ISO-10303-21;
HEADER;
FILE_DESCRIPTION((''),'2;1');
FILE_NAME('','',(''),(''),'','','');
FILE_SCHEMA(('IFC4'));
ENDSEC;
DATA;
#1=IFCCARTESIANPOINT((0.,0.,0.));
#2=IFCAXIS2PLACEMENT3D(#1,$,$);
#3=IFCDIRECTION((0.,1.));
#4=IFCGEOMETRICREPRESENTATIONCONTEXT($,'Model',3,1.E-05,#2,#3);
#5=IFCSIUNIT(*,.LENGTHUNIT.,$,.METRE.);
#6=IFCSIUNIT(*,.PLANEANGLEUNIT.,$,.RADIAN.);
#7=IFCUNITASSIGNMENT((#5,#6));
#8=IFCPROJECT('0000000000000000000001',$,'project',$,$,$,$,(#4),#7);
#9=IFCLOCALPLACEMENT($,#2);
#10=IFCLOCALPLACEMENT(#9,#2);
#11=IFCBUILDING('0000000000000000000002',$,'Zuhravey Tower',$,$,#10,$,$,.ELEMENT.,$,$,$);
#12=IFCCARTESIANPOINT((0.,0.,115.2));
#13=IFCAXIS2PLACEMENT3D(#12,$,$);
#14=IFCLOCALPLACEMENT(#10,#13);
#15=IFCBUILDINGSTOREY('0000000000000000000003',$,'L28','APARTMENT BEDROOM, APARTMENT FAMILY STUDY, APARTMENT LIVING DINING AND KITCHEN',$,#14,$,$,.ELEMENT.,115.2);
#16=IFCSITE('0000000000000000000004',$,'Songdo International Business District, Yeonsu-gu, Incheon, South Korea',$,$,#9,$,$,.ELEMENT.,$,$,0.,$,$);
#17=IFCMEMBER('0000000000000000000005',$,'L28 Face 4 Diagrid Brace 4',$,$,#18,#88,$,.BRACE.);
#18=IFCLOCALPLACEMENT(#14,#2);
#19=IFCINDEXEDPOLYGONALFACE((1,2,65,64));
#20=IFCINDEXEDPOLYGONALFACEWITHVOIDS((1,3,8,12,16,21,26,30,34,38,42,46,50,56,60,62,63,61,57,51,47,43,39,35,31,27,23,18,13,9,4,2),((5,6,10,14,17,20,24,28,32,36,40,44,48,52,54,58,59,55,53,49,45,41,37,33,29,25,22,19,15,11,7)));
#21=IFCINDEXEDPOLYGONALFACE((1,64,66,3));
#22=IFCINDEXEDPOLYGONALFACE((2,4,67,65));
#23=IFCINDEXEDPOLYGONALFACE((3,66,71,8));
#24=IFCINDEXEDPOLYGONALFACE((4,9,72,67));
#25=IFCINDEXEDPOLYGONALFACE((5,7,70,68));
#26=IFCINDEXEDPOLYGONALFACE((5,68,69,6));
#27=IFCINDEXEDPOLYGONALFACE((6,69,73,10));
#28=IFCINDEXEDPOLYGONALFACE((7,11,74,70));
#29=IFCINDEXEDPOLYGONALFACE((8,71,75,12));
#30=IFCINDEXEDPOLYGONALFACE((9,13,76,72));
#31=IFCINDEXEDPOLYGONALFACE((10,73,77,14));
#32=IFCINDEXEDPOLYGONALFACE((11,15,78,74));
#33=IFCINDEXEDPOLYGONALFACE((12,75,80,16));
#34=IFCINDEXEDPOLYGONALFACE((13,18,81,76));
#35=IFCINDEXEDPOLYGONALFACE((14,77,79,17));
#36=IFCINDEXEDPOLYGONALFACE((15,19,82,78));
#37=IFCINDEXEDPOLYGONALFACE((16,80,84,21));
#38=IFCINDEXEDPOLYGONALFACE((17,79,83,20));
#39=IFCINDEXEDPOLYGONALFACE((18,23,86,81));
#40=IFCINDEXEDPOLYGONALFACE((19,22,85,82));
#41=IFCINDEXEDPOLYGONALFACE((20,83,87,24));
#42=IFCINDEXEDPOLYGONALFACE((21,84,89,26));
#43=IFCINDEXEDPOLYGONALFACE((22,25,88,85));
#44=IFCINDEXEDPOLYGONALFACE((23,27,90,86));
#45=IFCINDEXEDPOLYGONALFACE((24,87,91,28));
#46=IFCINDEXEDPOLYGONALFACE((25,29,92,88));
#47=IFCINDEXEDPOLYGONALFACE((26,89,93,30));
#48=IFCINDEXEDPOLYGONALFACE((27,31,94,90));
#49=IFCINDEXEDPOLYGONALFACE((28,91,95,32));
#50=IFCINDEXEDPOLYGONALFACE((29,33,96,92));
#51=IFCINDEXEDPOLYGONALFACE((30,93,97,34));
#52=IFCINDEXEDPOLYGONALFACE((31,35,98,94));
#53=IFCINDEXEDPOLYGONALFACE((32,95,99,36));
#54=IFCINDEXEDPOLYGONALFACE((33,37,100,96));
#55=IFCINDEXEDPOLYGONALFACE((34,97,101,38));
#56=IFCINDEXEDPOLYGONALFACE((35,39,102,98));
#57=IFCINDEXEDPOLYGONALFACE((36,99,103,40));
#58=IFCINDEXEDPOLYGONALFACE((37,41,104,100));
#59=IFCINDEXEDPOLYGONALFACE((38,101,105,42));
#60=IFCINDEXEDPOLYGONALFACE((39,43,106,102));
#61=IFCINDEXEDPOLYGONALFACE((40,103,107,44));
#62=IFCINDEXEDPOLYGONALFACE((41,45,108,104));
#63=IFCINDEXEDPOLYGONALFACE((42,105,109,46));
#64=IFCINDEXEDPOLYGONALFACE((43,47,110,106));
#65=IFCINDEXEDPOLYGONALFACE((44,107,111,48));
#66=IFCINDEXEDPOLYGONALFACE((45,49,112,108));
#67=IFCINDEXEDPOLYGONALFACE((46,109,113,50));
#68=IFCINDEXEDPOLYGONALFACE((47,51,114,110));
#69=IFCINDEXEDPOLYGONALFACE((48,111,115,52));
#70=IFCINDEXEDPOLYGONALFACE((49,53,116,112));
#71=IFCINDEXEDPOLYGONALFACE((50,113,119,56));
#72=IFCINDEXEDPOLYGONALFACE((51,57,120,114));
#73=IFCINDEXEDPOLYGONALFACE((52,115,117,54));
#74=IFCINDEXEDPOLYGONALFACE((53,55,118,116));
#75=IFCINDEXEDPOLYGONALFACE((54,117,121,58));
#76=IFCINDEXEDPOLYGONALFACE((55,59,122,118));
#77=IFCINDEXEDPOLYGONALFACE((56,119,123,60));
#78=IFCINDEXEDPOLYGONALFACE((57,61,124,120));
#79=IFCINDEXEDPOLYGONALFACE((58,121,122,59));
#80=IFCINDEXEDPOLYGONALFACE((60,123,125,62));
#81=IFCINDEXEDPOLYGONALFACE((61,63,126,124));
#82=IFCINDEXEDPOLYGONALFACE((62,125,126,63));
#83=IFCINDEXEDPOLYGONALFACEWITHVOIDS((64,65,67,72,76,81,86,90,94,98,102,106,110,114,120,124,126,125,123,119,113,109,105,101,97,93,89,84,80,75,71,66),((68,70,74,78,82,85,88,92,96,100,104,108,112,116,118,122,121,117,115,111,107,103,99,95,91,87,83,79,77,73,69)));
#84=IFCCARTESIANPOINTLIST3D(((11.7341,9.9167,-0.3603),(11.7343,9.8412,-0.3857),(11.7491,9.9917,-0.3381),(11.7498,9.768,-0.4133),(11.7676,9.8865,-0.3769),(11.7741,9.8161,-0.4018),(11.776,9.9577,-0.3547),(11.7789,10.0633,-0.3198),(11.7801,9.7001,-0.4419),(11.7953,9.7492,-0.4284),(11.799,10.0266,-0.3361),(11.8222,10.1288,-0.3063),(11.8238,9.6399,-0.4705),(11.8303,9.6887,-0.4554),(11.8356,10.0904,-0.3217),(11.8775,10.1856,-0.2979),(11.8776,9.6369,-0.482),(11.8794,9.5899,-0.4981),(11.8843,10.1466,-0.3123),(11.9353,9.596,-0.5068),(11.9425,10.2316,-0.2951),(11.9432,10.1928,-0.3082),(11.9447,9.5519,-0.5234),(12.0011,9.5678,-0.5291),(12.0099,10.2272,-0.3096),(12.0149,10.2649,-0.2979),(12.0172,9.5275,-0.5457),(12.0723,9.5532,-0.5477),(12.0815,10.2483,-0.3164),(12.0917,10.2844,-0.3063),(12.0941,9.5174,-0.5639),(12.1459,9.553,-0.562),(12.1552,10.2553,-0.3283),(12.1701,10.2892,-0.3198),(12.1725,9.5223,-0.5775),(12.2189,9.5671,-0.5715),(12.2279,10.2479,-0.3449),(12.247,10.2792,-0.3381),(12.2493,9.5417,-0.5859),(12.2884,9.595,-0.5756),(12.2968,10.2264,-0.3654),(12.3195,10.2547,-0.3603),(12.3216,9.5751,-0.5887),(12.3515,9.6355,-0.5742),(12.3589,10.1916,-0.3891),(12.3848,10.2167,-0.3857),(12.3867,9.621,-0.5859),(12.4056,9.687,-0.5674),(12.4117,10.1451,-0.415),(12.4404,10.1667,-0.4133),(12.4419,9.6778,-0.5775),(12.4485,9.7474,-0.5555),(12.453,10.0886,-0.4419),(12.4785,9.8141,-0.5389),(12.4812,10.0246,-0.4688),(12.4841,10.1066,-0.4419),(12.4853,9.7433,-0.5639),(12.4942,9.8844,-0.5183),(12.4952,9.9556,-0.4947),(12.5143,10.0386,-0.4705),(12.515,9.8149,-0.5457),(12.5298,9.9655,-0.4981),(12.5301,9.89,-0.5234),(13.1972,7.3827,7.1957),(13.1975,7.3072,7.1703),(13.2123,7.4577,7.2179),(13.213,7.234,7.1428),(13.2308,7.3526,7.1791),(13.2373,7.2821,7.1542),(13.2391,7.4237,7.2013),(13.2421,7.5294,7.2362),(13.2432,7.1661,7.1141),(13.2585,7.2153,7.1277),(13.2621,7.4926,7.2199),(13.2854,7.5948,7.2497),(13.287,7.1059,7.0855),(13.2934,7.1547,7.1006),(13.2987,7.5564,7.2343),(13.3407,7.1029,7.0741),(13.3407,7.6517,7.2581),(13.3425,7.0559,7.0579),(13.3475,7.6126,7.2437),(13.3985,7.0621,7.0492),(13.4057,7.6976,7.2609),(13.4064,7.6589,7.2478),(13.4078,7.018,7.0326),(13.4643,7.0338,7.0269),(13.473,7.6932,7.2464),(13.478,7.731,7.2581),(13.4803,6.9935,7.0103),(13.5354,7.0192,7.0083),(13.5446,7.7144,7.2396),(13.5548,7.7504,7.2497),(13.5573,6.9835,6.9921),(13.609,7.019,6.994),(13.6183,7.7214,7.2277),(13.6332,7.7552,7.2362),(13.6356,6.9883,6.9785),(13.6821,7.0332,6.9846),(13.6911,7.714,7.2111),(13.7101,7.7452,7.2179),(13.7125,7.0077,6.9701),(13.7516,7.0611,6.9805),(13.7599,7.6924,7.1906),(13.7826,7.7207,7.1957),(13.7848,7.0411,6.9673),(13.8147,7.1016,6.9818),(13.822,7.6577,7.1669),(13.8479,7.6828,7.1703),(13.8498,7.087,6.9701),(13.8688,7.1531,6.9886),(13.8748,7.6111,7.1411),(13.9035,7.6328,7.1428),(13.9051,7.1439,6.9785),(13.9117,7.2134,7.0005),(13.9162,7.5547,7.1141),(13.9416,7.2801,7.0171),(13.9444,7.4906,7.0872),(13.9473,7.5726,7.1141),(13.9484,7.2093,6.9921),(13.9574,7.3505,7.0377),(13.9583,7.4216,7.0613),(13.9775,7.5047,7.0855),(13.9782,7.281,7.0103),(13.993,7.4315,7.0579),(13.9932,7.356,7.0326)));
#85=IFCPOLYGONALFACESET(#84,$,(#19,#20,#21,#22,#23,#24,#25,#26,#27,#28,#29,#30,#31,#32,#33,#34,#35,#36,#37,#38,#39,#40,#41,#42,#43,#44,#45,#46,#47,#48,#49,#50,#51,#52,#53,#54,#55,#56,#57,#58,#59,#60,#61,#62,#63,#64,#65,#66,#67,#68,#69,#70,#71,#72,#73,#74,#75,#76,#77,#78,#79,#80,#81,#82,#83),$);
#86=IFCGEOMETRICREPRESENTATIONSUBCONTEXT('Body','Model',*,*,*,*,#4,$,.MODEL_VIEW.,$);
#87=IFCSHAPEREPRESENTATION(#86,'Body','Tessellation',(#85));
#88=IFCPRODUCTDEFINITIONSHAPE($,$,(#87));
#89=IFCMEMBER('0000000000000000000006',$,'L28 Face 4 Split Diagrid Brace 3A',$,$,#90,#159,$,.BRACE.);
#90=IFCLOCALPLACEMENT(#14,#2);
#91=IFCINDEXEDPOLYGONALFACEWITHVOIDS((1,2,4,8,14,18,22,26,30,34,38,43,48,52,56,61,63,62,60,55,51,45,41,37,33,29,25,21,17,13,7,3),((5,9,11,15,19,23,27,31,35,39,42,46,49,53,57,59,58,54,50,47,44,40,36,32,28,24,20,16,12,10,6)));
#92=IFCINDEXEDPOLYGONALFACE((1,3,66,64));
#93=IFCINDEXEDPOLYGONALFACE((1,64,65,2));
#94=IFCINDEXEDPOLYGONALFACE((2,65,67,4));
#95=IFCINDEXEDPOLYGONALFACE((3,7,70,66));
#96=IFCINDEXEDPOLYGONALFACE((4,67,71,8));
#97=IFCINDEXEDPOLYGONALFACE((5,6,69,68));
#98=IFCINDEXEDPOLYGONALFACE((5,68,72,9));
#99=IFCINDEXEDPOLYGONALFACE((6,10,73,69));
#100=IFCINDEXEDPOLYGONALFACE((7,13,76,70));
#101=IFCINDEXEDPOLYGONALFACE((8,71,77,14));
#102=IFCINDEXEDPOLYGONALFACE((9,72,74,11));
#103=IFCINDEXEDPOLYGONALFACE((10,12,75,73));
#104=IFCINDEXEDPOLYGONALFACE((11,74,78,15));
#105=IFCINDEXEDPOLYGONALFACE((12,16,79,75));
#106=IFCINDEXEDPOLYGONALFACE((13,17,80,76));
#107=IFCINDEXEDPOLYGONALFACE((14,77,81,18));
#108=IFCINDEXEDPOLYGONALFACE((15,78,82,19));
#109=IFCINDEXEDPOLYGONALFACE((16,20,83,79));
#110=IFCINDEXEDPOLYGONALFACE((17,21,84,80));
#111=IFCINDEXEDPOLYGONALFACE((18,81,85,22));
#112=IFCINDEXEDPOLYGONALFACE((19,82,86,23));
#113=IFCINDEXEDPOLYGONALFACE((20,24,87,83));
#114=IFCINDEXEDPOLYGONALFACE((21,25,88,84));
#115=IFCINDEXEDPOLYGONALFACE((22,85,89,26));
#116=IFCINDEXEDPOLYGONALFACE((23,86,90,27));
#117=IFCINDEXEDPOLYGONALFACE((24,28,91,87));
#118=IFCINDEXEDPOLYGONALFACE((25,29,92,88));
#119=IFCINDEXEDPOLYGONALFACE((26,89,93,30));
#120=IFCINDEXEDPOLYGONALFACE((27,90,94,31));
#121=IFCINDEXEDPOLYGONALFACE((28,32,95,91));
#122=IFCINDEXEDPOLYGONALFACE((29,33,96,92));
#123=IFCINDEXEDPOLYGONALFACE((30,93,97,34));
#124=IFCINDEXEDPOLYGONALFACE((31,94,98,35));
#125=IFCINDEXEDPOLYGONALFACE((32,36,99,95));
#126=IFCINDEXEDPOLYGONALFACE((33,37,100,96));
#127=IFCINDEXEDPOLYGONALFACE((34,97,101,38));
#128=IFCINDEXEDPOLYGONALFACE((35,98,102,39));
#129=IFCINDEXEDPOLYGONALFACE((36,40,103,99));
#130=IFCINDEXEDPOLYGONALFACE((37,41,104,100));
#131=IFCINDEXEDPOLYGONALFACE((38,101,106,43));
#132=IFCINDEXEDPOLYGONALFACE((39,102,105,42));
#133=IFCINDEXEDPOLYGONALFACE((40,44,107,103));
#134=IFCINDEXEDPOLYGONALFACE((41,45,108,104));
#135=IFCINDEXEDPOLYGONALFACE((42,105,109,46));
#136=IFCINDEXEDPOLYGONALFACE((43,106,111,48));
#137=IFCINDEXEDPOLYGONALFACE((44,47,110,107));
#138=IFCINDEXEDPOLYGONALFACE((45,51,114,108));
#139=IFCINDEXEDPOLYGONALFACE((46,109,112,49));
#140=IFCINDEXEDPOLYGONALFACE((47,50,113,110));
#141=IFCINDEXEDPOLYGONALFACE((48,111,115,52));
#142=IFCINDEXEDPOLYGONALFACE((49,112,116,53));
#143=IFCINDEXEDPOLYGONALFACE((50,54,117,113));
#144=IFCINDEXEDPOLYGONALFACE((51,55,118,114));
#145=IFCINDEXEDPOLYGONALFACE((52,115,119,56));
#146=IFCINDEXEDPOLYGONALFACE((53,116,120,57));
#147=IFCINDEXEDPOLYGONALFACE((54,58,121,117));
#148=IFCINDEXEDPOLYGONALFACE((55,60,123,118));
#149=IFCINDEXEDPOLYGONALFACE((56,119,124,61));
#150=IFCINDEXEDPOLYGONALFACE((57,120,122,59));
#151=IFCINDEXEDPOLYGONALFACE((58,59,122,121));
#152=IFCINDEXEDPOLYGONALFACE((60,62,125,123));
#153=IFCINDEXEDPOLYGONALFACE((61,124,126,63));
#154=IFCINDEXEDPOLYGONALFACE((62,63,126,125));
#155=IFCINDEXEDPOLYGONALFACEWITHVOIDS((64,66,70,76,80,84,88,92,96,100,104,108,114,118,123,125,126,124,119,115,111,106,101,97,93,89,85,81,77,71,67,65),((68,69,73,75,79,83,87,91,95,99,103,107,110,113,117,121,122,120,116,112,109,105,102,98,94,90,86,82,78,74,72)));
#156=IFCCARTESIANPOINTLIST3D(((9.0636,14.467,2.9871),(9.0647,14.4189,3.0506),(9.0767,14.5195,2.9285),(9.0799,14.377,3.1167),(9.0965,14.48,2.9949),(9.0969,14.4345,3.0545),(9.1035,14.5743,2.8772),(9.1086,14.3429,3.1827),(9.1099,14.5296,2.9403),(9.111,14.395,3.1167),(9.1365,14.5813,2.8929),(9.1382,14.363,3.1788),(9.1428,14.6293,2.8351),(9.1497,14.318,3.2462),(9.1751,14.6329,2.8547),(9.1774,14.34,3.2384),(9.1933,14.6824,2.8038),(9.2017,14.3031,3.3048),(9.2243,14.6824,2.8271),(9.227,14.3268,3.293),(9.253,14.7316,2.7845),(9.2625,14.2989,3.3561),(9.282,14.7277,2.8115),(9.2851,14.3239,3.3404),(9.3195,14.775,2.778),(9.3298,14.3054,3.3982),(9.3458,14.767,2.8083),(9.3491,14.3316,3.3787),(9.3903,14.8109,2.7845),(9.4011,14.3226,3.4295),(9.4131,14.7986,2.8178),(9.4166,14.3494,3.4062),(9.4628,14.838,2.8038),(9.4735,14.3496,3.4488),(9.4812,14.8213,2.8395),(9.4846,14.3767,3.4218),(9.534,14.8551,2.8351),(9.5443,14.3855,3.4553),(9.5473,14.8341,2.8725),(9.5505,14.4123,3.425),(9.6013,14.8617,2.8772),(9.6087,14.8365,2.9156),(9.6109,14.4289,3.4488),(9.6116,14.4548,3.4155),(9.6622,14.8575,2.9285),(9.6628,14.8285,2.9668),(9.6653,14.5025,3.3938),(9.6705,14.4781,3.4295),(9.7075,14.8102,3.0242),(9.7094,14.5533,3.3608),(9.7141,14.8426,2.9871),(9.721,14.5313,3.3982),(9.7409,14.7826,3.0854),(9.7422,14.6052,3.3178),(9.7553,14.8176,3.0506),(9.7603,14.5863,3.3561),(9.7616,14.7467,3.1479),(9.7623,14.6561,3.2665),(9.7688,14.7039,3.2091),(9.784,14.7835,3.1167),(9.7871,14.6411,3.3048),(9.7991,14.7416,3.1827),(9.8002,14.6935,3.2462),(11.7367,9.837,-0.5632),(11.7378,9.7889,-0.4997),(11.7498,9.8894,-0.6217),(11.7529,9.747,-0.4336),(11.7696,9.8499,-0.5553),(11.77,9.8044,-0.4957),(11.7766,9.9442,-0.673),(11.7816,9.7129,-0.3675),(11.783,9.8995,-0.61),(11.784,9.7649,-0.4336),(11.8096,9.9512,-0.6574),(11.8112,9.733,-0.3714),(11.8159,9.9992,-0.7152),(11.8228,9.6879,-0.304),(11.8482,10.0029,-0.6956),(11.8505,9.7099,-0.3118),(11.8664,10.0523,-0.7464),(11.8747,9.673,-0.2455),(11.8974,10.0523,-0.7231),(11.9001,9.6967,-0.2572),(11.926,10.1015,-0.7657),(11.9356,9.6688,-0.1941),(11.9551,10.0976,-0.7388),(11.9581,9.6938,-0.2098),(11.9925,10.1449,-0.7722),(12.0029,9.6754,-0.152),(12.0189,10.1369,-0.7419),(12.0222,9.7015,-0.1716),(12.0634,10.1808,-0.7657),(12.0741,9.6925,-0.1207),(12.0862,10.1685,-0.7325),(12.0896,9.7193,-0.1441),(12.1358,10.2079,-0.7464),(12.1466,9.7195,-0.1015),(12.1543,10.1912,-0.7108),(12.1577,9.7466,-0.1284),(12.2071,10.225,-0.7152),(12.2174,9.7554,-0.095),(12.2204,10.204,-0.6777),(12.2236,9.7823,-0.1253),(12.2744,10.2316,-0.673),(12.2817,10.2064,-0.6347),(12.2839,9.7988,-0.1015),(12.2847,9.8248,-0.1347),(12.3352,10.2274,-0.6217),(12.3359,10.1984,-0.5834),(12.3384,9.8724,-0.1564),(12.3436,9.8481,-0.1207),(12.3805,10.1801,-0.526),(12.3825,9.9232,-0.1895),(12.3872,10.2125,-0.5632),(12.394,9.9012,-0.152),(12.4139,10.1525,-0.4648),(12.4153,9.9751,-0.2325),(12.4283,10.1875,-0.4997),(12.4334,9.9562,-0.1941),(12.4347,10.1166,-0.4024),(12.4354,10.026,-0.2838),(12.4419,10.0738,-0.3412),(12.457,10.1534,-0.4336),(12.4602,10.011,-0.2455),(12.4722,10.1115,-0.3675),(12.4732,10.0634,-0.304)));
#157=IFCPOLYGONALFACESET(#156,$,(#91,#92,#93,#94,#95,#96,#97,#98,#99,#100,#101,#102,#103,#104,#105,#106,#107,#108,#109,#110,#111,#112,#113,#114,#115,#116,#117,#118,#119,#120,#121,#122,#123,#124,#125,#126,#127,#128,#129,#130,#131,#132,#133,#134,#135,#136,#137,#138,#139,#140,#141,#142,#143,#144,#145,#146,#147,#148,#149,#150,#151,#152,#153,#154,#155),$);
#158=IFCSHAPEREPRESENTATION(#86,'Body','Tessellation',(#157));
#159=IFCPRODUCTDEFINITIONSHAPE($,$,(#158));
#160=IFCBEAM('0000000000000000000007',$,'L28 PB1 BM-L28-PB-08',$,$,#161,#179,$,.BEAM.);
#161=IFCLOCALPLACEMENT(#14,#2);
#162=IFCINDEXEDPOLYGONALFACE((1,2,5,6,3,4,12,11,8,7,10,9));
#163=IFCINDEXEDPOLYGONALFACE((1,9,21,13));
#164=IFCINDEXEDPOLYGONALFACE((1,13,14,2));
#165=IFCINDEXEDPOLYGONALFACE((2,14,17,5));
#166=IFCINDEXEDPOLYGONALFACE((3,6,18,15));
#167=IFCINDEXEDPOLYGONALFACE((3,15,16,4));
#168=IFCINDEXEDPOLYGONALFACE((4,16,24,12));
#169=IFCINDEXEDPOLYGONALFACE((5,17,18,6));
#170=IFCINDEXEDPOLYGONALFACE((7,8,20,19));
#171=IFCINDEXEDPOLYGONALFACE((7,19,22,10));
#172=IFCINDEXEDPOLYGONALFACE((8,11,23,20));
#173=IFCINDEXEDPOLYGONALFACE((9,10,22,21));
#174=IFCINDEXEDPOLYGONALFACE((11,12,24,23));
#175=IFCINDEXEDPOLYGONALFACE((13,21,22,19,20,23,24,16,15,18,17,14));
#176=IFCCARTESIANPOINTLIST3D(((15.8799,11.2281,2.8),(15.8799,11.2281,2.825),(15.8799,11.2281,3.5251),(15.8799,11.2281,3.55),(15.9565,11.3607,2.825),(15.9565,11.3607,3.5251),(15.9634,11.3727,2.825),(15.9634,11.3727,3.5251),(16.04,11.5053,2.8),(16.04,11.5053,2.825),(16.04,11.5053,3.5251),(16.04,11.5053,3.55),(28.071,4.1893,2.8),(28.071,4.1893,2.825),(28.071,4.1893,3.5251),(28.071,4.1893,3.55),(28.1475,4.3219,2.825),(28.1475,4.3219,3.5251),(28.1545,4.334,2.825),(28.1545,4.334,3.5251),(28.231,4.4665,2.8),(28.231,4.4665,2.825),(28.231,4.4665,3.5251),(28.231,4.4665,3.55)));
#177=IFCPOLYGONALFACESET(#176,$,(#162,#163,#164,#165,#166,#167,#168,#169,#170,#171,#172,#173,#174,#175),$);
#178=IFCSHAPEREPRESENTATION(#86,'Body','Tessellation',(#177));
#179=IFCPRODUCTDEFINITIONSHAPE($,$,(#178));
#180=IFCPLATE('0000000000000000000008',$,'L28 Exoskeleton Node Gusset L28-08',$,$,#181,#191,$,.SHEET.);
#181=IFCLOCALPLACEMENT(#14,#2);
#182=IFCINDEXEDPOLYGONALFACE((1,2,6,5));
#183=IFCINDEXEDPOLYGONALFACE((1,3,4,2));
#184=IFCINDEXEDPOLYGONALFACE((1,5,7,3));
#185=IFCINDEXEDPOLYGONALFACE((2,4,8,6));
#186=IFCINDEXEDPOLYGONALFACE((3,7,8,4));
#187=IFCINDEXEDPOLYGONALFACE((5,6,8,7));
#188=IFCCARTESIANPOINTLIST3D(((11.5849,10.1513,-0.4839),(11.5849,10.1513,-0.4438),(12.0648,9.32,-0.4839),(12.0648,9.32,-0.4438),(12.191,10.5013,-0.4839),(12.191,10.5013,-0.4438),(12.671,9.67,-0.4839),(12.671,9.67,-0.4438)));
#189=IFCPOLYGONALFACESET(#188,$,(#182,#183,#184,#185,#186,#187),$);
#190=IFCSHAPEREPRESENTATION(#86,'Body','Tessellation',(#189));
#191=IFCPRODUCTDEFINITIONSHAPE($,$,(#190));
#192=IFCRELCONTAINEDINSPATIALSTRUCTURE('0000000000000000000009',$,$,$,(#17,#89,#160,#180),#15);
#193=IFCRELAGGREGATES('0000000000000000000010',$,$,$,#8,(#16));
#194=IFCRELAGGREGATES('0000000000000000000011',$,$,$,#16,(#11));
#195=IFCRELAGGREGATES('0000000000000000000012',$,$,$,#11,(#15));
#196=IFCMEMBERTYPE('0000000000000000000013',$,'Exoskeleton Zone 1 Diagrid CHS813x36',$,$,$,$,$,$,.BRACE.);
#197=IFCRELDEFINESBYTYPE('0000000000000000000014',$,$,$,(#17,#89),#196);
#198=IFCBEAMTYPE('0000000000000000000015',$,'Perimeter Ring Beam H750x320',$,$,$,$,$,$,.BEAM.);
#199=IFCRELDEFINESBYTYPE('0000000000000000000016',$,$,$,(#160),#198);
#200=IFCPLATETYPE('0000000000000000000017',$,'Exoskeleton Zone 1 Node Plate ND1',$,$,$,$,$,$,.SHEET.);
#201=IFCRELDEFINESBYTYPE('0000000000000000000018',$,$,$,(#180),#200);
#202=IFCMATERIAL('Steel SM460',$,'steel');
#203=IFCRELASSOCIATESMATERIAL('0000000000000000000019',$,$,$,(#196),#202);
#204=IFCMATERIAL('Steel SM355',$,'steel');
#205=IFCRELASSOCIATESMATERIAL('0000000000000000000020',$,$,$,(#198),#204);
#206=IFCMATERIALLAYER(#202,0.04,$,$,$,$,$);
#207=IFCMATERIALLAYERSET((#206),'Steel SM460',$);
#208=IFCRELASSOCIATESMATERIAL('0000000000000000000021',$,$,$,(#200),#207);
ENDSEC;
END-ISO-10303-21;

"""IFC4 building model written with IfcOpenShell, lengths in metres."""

from ifc_helpers import new_model, si_unit, direction, frame, origin, origin_2d, place, context, subcontext, project, spatial, rectangle, hollow_circle, i_section, extrude, material, layer, layer_set, material_profile, profile_set, type_object, element, save


model = new_model("IFC4")

# Units and contexts
model_context = context("Model", 3, precision=1e-05, world=origin(), true_north=direction((0.0, 1.0)))
body_context = subcontext(model_context, "Body", "Model", "MODEL_VIEW")
ifc_project = project(units=[si_unit("LENGTHUNIT", "METRE"), si_unit("PLANEANGLEUNIT", "RADIAN")], contexts=[model_context])

# Site, building, storey
site_placement = place(None, origin())
site = spatial("IfcSite", under=ifc_project, at=site_placement, Name="Songdo International Business District, Yeonsu-gu, Incheon, South Korea", CompositionType="ELEMENT", RefElevation=0.0)
building_placement = place(site_placement, origin())
building = spatial("IfcBuilding", under=site, at=building_placement, Name="Zuhravey Tower", CompositionType="ELEMENT")
storey_placement = place(building_placement, frame((0.0, 0.0, 115.2)))
storey = spatial("IfcBuildingStorey", under=building, at=storey_placement, Name="L28", Description="APARTMENT BEDROOM, APARTMENT FAMILY STUDY, APARTMENT LIVING DINING AND KITCHEN", CompositionType="ELEMENT", Elevation=115.2)

# Members
ifc_material_1 = material(Name="Steel SM460", Category="steel")
ifc_material_profile_1 = material_profile(ifc_material_1, hollow_circle(Radius=0.4065, WallThickness=0.0359, at=origin_2d()), Name="CHS-812.8x36")
ifc_profile_set_1 = profile_set([ifc_material_profile_1], Name="Steel SM460")
member_type_1 = type_object("IfcMemberType", Name="Exoskeleton Zone 1 Diagrid CHS813x36", PredefinedType="BRACE", material=ifc_profile_set_1)
member_1_placement = place(storey_placement, frame((12.1321, 9.9033, -0.4419), z_axis=(0.180574, -0.312728, 0.93252), x_axis=(0.866001, 0.500043, 0.0)))
element("IfcMember", 1, at=member_1_placement, inside=storey, type_object=member_type_1, Name="L28 Face 4 Diagrid Brace 4", PredefinedType="BRACE", context=body_context, shape_type="SweptSolid", body=[
    extrude(hollow_circle(Radius=0.4065, WallThickness=0.0359, at=origin_2d()), origin(), (0.0, 0.0, 1.0), 8.1028),
])
member_2_placement = place(storey_placement, frame((12.105, 9.9502, -0.4336), z_axis=(-0.416513, 0.721451, 0.553195), x_axis=(-0.866034, -0.499985, 0.0)))
element("IfcMember", 2, at=member_2_placement, inside=storey, type_object=member_type_1, Name="L28 Face 4 Split Diagrid Brace 3A", PredefinedType="BRACE", context=body_context, shape_type="SweptSolid", body=[
    extrude(hollow_circle(Radius=0.4065, WallThickness=0.0359, at=origin_2d()), origin(), (0.0, 0.0, 1.0), 6.4177),
])

# Beam
ifc_material_2 = material(Name="Steel SM355", Category="steel")
ifc_material_profile_2 = material_profile(ifc_material_2, i_section(OverallWidth=0.3201, OverallDepth=0.75, WebThickness=0.0139, FlangeThickness=0.0249, at=origin_2d()), Name="H-750x320x14x25")
ifc_profile_set_2 = profile_set([ifc_material_profile_2], Name="Steel SM355")
beam_type = type_object("IfcBeamType", Name="Perimeter Ring Beam H750x320", PredefinedType="BEAM", material=ifc_profile_set_2)
beam_placement = place(storey_placement, frame((15.96, 11.3667, 3.175), z_axis=(0.866018, -0.500013, 0.0), x_axis=(0.500013, 0.866018, 0.0)))
element("IfcBeam", 3, at=beam_placement, inside=storey, type_object=beam_type, Name="L28 PB1 BM-L28-PB-08", PredefinedType="BEAM", context=body_context, shape_type="SweptSolid", body=[
    extrude(i_section(OverallWidth=0.3201, OverallDepth=0.75, WebThickness=0.0139, FlangeThickness=0.0249, at=origin_2d()), origin(), (0.0, 0.0, 1.0), 14.0771),
])

# Plate
ifc_layer_1 = layer(ifc_material_1, 0.04)
ifc_layer_set_1 = layer_set([ifc_layer_1], Name="Steel SM460")
plate_type_1 = type_object("IfcPlateType", Name="Exoskeleton Zone 1 Node Plate ND1", PredefinedType="SHEET", material=ifc_layer_set_1)
for number, where, z_axis, x_axis, name in (
    (4, (12.1279, 9.9106, -0.4839), (0.0, 0.0, 1.0), (0.5, -0.866025, 0.0), "L28 Exoskeleton Node Gusset L28-08"),
):
    element("IfcPlate", number, at=place(storey_placement, frame(where, z_axis=z_axis, x_axis=x_axis)), inside=storey, type_object=plate_type_1, Name=name, PredefinedType="SHEET", context=body_context, shape_type="SweptSolid", body=[
        extrude(rectangle(XDim=0.96, YDim=0.7, at=origin_2d()), origin(), (0.0, 0.0, 1.0), 0.04),
    ])

save(model, "model.ifc")
